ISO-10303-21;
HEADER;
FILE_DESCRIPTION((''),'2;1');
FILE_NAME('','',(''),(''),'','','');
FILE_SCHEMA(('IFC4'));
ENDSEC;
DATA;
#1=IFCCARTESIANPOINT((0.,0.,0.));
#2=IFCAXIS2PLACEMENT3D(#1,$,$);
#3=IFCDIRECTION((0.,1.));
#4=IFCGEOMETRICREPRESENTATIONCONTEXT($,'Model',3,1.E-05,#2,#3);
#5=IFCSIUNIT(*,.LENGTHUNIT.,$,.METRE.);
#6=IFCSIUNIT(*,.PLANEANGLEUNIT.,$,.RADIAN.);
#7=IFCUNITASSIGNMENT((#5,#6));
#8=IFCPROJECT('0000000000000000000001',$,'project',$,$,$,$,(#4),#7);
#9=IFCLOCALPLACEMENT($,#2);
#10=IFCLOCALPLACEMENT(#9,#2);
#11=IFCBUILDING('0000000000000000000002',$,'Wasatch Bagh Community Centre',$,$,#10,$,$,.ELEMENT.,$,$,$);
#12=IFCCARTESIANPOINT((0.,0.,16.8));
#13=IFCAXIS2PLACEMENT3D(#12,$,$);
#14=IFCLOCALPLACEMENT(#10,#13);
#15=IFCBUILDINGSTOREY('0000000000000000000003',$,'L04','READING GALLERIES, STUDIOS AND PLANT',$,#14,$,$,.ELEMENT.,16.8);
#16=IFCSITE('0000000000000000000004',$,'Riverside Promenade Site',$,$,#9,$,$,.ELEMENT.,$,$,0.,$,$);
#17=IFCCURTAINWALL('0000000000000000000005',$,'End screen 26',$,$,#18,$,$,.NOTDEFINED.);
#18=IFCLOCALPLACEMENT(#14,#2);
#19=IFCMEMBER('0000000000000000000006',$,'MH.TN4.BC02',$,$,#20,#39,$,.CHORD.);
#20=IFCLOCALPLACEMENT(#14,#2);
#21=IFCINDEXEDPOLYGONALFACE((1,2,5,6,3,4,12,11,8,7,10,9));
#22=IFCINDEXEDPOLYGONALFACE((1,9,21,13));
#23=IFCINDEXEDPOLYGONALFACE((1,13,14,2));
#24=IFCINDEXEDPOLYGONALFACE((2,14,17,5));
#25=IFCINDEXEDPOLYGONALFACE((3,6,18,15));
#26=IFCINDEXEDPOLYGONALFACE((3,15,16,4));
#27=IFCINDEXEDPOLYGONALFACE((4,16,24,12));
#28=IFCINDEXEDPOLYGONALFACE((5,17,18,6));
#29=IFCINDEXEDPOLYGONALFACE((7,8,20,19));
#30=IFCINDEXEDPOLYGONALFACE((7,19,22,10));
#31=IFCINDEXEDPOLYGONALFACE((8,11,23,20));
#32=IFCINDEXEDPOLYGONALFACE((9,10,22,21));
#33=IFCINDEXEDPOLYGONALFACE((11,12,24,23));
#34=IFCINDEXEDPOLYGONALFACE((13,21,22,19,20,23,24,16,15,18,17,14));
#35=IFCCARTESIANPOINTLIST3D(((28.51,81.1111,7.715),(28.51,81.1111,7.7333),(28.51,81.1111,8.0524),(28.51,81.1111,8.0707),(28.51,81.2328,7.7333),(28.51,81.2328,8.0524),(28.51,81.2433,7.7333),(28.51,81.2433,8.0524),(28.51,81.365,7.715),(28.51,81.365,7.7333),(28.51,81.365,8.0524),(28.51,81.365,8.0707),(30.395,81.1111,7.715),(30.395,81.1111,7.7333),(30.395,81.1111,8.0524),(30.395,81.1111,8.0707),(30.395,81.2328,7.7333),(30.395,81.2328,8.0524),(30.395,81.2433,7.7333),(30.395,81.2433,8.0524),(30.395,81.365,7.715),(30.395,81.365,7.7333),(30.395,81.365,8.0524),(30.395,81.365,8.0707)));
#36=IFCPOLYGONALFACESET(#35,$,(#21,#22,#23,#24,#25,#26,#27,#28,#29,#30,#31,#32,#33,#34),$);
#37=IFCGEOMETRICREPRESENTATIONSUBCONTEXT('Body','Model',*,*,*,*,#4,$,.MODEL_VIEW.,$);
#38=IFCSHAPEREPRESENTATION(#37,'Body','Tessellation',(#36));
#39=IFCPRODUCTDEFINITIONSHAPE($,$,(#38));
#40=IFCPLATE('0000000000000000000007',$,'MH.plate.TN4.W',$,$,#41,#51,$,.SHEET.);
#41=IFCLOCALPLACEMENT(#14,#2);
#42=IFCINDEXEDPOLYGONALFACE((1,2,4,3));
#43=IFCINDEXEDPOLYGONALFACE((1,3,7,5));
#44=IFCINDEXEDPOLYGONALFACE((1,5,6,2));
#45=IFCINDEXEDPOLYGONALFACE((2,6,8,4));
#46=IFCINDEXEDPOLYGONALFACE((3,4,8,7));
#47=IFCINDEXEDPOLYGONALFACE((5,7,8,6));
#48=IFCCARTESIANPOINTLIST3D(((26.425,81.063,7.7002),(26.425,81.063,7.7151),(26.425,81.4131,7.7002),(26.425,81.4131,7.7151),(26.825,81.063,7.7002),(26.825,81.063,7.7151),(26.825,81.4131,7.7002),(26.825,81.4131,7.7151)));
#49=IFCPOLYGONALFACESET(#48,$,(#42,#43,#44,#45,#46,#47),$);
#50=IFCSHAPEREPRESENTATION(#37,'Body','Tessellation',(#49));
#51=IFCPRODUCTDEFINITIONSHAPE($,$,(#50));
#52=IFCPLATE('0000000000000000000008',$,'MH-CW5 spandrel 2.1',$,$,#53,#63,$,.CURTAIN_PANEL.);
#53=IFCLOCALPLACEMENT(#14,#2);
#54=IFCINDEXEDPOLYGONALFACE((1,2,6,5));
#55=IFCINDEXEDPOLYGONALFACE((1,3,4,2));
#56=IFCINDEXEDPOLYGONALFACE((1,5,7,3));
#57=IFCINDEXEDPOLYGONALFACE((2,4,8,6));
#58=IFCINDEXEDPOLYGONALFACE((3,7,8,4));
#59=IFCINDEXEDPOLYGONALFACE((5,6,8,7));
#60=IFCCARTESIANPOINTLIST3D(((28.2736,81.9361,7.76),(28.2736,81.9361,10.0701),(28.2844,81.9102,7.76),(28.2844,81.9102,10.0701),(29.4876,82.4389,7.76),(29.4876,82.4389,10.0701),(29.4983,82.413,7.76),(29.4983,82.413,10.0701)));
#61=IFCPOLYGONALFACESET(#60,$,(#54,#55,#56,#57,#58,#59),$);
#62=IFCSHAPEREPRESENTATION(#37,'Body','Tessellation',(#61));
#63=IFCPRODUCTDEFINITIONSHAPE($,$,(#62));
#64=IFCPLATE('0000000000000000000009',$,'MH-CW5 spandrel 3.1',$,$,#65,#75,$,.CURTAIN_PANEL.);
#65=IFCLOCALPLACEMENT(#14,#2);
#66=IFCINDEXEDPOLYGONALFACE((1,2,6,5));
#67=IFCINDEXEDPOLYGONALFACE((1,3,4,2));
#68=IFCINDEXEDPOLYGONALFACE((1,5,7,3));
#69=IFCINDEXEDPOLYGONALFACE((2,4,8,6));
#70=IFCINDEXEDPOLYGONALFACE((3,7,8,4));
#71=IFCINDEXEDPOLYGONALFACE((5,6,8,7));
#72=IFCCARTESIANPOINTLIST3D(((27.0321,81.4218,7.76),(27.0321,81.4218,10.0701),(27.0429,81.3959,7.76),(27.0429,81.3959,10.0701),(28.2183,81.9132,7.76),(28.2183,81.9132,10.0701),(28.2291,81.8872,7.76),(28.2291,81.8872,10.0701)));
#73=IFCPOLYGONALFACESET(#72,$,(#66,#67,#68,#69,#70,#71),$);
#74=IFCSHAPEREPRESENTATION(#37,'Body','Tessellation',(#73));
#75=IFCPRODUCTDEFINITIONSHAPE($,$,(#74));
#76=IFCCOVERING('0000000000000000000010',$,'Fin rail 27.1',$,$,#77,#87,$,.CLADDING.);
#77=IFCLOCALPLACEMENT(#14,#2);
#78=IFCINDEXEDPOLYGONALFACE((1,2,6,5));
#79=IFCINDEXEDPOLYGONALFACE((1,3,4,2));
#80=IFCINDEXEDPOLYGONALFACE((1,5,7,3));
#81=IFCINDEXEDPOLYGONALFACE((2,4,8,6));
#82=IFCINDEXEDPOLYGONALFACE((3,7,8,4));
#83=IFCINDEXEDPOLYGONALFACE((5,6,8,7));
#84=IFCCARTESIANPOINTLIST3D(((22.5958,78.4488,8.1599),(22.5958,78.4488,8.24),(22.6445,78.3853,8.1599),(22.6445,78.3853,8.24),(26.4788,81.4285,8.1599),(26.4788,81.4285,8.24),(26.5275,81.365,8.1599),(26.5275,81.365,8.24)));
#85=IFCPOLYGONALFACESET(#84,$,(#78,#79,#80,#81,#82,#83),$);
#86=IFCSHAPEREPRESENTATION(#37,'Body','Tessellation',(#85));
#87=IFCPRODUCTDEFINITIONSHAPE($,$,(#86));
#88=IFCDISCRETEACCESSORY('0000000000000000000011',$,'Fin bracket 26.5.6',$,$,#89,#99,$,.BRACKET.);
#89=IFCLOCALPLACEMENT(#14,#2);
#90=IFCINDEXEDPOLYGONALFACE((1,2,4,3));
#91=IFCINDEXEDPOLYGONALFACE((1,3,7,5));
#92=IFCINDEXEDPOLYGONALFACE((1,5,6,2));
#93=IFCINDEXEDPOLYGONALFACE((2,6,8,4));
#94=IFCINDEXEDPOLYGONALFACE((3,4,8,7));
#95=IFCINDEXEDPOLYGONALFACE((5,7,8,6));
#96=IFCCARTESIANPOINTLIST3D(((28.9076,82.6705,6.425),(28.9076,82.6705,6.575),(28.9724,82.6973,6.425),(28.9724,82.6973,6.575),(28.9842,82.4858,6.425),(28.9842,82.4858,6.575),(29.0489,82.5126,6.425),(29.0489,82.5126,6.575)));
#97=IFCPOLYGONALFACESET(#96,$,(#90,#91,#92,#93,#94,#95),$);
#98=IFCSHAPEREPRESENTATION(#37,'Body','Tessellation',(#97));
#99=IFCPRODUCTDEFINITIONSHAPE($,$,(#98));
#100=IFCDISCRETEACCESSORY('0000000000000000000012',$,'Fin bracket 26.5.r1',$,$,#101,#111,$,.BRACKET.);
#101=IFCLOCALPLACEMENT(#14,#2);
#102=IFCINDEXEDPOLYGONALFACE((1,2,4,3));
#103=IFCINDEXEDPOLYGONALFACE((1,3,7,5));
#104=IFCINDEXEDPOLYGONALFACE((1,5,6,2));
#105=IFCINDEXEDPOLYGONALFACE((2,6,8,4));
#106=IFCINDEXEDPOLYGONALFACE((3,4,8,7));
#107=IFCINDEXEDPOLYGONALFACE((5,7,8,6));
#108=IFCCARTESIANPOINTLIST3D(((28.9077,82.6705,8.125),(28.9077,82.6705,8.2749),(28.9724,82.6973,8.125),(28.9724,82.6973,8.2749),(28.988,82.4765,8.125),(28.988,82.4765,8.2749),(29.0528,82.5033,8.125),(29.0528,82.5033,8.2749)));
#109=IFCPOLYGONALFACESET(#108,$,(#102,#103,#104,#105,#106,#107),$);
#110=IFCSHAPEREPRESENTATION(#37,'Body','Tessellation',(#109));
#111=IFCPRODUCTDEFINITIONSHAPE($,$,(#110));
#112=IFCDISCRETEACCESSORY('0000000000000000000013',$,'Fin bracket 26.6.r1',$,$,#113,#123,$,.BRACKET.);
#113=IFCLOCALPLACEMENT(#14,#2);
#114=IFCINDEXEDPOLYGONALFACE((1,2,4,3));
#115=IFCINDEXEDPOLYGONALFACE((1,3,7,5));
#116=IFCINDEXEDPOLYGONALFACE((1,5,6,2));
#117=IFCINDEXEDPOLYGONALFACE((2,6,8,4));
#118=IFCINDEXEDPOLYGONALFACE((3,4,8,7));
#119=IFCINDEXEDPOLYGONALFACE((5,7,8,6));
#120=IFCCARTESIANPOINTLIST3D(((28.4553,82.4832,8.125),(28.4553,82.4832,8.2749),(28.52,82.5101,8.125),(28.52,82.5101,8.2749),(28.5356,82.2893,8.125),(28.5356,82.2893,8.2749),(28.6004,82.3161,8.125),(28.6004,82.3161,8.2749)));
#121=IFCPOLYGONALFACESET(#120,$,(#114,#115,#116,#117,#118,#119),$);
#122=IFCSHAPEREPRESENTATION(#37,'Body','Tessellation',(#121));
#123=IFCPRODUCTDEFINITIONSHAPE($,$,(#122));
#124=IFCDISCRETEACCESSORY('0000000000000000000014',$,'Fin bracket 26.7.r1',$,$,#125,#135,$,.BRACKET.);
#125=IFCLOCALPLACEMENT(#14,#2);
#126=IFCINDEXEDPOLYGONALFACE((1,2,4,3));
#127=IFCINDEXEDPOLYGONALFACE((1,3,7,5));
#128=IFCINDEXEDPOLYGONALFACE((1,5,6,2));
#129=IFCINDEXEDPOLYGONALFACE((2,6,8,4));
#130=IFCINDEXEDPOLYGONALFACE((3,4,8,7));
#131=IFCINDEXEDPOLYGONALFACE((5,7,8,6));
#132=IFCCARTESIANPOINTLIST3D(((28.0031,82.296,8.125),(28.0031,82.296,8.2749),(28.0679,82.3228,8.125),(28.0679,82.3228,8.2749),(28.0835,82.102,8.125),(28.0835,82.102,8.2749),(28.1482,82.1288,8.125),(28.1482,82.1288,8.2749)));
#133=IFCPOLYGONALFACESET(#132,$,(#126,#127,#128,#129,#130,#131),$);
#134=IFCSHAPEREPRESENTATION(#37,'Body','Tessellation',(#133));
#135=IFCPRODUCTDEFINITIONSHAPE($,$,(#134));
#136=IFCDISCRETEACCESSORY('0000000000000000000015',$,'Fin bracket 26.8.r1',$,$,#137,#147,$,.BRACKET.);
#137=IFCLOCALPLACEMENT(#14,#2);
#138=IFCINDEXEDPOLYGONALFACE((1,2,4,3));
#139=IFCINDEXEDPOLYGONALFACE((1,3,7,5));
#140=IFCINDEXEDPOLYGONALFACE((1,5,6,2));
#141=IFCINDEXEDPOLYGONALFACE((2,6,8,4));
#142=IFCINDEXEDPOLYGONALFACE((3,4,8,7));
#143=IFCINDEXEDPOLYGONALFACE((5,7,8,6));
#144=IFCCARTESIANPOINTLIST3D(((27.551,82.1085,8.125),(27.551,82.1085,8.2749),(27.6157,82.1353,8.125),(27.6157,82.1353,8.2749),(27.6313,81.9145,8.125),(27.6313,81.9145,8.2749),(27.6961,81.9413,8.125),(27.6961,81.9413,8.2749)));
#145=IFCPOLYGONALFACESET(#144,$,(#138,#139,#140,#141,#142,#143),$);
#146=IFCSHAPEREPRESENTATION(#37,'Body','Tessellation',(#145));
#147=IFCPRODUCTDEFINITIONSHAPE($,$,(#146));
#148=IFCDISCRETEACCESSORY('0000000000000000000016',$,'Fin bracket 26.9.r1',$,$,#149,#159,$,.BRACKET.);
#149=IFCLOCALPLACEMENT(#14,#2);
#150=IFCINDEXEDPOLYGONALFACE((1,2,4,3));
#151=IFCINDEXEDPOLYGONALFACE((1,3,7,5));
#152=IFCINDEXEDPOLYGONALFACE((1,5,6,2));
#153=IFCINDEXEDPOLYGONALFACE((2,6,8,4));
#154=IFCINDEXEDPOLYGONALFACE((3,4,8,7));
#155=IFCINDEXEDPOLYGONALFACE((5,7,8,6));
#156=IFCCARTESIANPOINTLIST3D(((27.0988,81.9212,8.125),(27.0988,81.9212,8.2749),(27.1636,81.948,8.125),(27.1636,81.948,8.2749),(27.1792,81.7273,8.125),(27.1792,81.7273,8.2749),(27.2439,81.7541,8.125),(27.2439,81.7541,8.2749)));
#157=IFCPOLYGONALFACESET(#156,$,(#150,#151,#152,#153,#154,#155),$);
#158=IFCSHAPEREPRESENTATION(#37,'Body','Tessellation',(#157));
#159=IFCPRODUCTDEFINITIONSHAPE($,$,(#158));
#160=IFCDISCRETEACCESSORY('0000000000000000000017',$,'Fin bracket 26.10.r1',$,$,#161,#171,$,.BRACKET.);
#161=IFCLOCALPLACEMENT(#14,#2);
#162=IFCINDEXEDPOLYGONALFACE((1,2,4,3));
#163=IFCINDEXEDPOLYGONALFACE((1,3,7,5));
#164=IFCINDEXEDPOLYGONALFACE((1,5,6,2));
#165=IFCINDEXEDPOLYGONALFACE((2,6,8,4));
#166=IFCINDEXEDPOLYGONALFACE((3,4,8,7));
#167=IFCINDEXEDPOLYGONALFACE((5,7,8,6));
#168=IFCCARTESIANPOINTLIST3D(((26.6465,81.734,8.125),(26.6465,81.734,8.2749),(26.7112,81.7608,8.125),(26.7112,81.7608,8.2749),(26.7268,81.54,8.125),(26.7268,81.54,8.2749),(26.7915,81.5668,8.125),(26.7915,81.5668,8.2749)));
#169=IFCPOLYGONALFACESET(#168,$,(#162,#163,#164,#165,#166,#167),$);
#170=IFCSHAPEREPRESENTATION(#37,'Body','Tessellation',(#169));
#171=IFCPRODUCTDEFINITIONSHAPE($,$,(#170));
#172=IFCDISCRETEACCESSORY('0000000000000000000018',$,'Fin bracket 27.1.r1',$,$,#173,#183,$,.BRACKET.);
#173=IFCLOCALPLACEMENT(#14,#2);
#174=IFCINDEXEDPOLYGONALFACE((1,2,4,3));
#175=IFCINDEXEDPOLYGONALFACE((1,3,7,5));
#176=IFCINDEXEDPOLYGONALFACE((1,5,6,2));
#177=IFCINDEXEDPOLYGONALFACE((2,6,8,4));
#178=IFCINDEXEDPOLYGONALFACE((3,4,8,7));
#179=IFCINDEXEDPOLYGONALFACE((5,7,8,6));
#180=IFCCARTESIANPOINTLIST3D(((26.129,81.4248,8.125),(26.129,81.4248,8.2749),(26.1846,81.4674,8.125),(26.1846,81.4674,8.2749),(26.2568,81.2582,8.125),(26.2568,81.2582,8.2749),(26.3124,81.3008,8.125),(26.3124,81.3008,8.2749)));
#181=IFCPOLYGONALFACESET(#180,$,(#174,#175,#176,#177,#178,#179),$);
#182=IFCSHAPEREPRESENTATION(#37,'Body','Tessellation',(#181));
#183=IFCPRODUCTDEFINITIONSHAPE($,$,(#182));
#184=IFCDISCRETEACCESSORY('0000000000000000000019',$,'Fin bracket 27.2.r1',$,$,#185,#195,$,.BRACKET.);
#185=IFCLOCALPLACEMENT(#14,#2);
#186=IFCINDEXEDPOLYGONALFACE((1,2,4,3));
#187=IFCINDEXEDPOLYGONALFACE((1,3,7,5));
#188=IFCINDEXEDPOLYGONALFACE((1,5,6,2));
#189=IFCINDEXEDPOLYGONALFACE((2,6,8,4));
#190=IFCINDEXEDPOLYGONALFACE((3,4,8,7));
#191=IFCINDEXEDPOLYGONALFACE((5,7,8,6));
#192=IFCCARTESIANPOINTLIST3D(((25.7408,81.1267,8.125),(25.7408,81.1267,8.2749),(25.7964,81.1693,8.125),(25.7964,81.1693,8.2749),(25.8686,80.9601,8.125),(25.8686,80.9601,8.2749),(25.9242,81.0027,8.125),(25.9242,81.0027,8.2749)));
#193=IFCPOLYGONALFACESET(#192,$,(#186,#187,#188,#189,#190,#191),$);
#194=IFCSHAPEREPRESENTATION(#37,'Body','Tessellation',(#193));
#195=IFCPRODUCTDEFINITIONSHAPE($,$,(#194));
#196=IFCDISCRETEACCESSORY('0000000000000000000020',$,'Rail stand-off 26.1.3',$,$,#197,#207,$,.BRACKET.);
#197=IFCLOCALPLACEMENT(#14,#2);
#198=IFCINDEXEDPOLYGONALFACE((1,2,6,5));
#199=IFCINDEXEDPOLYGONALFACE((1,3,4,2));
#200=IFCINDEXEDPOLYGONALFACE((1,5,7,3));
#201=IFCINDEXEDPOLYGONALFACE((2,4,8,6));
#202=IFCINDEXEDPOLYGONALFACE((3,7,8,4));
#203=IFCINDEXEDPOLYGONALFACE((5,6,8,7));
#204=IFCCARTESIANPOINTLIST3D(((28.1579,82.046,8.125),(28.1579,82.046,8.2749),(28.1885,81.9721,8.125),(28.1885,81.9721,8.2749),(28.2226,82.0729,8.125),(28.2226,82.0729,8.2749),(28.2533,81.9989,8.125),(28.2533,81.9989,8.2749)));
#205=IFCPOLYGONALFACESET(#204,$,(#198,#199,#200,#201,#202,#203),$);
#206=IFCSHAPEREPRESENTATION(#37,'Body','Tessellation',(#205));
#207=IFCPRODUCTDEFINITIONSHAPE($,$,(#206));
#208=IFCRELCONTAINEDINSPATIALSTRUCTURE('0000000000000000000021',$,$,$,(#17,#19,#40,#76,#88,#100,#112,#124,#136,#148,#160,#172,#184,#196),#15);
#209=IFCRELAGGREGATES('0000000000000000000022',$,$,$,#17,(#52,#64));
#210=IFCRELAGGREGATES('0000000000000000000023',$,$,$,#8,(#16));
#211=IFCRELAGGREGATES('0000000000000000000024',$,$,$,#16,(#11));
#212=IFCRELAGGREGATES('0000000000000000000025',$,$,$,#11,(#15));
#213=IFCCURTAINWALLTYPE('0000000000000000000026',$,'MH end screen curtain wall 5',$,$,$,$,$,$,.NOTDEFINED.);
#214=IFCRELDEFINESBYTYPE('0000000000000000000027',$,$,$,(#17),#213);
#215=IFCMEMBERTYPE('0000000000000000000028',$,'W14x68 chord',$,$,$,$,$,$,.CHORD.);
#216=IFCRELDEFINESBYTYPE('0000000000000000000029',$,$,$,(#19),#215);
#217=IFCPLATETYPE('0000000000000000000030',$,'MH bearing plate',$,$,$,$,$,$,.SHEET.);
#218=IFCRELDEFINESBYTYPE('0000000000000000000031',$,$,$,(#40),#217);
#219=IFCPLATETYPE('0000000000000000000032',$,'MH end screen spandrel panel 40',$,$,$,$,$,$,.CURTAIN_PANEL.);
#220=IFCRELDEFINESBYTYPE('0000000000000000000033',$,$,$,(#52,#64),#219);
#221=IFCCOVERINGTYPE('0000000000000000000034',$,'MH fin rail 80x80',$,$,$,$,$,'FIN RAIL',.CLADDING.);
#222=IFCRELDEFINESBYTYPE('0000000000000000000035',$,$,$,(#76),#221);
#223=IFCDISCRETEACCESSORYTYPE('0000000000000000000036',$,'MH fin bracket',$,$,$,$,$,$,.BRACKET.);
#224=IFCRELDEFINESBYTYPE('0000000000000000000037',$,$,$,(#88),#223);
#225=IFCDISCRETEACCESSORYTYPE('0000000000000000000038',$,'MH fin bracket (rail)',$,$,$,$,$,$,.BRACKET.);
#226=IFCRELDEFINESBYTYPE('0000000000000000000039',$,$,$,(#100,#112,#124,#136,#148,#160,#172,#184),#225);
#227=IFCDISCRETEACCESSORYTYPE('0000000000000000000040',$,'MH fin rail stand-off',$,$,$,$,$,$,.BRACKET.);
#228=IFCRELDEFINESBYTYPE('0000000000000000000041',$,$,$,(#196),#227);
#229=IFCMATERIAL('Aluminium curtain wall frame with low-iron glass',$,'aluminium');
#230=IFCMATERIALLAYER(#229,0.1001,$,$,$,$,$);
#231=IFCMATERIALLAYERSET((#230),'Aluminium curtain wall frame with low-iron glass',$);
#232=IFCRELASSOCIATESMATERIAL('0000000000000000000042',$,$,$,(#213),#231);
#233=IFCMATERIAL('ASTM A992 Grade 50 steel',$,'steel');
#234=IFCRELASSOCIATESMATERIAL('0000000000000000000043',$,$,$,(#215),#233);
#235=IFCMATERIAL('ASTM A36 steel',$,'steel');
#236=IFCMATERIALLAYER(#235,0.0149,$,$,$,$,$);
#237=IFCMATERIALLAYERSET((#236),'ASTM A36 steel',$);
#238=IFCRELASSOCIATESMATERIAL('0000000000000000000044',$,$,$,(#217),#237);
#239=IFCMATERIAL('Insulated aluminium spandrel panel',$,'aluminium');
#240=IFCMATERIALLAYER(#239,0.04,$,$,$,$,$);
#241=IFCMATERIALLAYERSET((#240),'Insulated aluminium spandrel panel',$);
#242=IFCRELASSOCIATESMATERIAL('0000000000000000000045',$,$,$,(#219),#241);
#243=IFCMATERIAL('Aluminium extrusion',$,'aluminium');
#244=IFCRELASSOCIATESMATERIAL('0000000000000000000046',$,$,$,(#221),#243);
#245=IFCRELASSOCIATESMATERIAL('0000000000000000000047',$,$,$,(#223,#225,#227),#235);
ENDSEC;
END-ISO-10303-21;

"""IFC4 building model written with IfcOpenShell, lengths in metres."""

from ifc_helpers import new_model, si_unit, direction, frame, origin, origin_2d, place, context, subcontext, project, spatial, rectangle, i_section, extrude, material, layer, layer_set, material_profile, profile_set, type_object, element, aggregate, save


model = new_model("IFC4")

# Units and contexts
model_context = context("Model", 3, precision=1e-05, world=origin(), true_north=direction((0.0, 1.0)))
body_context = subcontext(model_context, "Body", "Model", "MODEL_VIEW")
ifc_project = project(units=[si_unit("LENGTHUNIT", "METRE"), si_unit("PLANEANGLEUNIT", "RADIAN")], contexts=[model_context])

# Site, building, storey
site_placement = place(None, origin())
site = spatial("IfcSite", under=ifc_project, at=site_placement, Name="Riverside Promenade Site", CompositionType="ELEMENT", RefElevation=0.0)
building_placement = place(site_placement, origin())
building = spatial("IfcBuilding", under=site, at=building_placement, Name="Wasatch Bagh Community Centre", CompositionType="ELEMENT")
storey_placement = place(building_placement, frame((0.0, 0.0, 16.8)))
storey = spatial("IfcBuildingStorey", under=building, at=storey_placement, Name="L04", Description="READING GALLERIES, STUDIOS AND PLANT", CompositionType="ELEMENT", Elevation=16.8)

# Curtain wall
ifc_material_1 = material(Name="Aluminium curtain wall frame with low-iron glass", Category="aluminium")
ifc_layer_1 = layer(ifc_material_1, 0.1001)
ifc_layer_set_1 = layer_set([ifc_layer_1], Name="Aluminium curtain wall frame with low-iron glass")
curtain_wall_type_1 = type_object("IfcCurtainWallType", Name="MH end screen curtain wall 5", PredefinedType="NOTDEFINED", material=ifc_layer_set_1)
curtain_wall_1_placement = place(storey_placement, origin())
curtain_wall_1 = element("IfcCurtainWall", 1, at=curtain_wall_1_placement, inside=storey, type_object=curtain_wall_type_1, Name="End screen 26", PredefinedType="NOTDEFINED")
ifc_material_2 = material(Name="Aluminium extrusion", Category="aluminium")

# Member
ifc_material_3 = material(Name="ASTM A992 Grade 50 steel", Category="steel")
ifc_material_profile_1 = material_profile(ifc_material_3, i_section(OverallWidth=0.2539, OverallDepth=0.3557, WebThickness=0.0105, FlangeThickness=0.0183, at=origin_2d()), Name="W14x68")
ifc_profile_set_1 = profile_set([ifc_material_profile_1], Name="ASTM A992 Grade 50 steel")
member_type_1 = type_object("IfcMemberType", Name="W14x68 chord", PredefinedType="CHORD", material=ifc_profile_set_1)
for number, where, z_axis, x_axis, name in (
    (2, (28.51, 81.238, 7.8928), (1.0, 0.0, 0.0), (0.0, 1.0, 0.0), "MH.TN4.BC02"),
):
    element("IfcMember", number, at=place(storey_placement, frame(where, z_axis=z_axis, x_axis=x_axis)), inside=storey, type_object=member_type_1, Name=name, PredefinedType="CHORD", context=body_context, shape_type="SweptSolid", body=[
        extrude(i_section(OverallWidth=0.2539, OverallDepth=0.3557, WebThickness=0.0105, FlangeThickness=0.0183, at=origin_2d()), origin(), (0.0, 0.0, 1.0), 1.885),
    ])

# Plates
ifc_material_4 = material(Name="ASTM A36 steel", Category="steel")
ifc_layer_2 = layer(ifc_material_4, 0.0149)
ifc_layer_set_2 = layer_set([ifc_layer_2], Name="ASTM A36 steel")
plate_type_1 = type_object("IfcPlateType", Name="MH bearing plate", PredefinedType="SHEET", material=ifc_layer_set_2)
plate_1_placement = place(storey_placement, frame((26.625, 81.238, 7.7002), z_axis=(0.0, 0.0, 1.0), x_axis=(1.0, 0.0, 0.0)))
element("IfcPlate", 3, at=plate_1_placement, inside=storey, type_object=plate_type_1, Name="MH.plate.TN4.W", PredefinedType="SHEET", context=body_context, shape_type="SweptSolid", body=[
    extrude(rectangle(XDim=0.3999, YDim=0.3501, at=origin_2d()), origin(), (0.0, 0.0, 1.0), 0.0149),
])
ifc_material_5 = material(Name="Insulated aluminium spandrel panel", Category="aluminium")
ifc_layer_3 = layer(ifc_material_5, 0.04)
ifc_layer_set_3 = layer_set([ifc_layer_3], Name="Insulated aluminium spandrel panel")
plate_type_2 = type_object("IfcPlateType", Name="MH end screen spandrel panel 40", PredefinedType="CURTAIN_PANEL", material=ifc_layer_set_3)
plate_2_placement = place(storey_placement, frame((28.886, 82.1746, 7.76), z_axis=(0.0, 0.0, 1.0), x_axis=(-0.92388, -0.382683, 0.0)))
plate_2 = element("IfcPlate", 4, at=plate_2_placement, type_object=plate_type_2, Name="MH-CW5 spandrel 2.1", PredefinedType="CURTAIN_PANEL", context=body_context, shape_type="SweptSolid", body=[
    extrude(rectangle(XDim=1.314, YDim=0.0281, at=origin_2d()), origin(), (0.0, 0.0, 1.0), 2.3101),
])
plate_3_placement = place(storey_placement, frame((27.6306, 81.6545, 7.76), z_axis=(0.0, 0.0, 1.0), x_axis=(-0.92388, -0.382683, 0.0)))
plate_3 = element("IfcPlate", 5, at=plate_3_placement, type_object=plate_type_2, Name="MH-CW5 spandrel 3.1", PredefinedType="CURTAIN_PANEL", context=body_context, shape_type="SweptSolid", body=[
    extrude(rectangle(XDim=1.2839, YDim=0.0281, at=origin_2d()), origin(), (0.0, 0.0, 1.0), 2.3101),
])
aggregate(curtain_wall_1, [plate_2, plate_3])

# Covering
ifc_material_profile_2 = material_profile(ifc_material_2, rectangle(XDim=0.0801, YDim=0.0801, at=origin_2d()), Name="AL 80x80")
ifc_profile_set_2 = profile_set([ifc_material_profile_2], Name="Aluminium extrusion")
covering_type = type_object("IfcCoveringType", Name="MH fin rail 80x80", ElementType="FIN RAIL", PredefinedType="CLADDING", material=ifc_profile_set_2)
covering_placement = place(storey_placement, frame((26.5032, 81.3967, 8.2), z_axis=(-0.793337, -0.608782, 0.0), x_axis=(0.608782, -0.793337, 0.0)))
element("IfcCovering", 6, at=covering_placement, inside=storey, type_object=covering_type, Name="Fin rail 27.1", PredefinedType="CLADDING", context=body_context, shape_type="SweptSolid", body=[
    extrude(rectangle(XDim=0.0801, YDim=0.0801, at=origin_2d()), origin(), (0.0, 0.0, 1.0), 4.8945),
])

# Discrete accessories
discrete_accessory_type_1 = type_object("IfcDiscreteAccessoryType", Name="MH fin bracket", PredefinedType="BRACKET", material=ifc_material_4)
discrete_accessory_1_placement = place(storey_placement, frame((28.9783, 82.5916, 6.425), z_axis=(0.0, 0.0, 1.0), x_axis=(-0.92388, -0.382683, 0.0)))
element("IfcDiscreteAccessory", 7, at=discrete_accessory_1_placement, inside=storey, type_object=discrete_accessory_type_1, Name="Fin bracket 26.5.6", PredefinedType="BRACKET", context=body_context, shape_type="SweptSolid", body=[
    extrude(rectangle(XDim=0.0701, YDim=0.2, at=origin_2d()), origin(), (0.0, 0.0, 1.0), 0.1499),
])
discrete_accessory_type_2 = type_object("IfcDiscreteAccessoryType", Name="MH fin bracket (rail)", PredefinedType="BRACKET", material=ifc_material_4)
for number, where, z_axis, x_axis, name in (
    (8, (28.9802, 82.5869, 8.125), (0.0, 0.0, 1.0), (-0.92388, -0.382683, 0.0), "Fin bracket 26.5.r1"),
    (9, (28.5278, 82.3997, 8.125), (0.0, 0.0, 1.0), (-0.92388, -0.382683, 0.0), "Fin bracket 26.6.r1"),
    (10, (28.0757, 82.2124, 8.125), (0.0, 0.0, 1.0), (-0.92388, -0.382683, 0.0), "Fin bracket 26.7.r1"),
    (11, (27.6235, 82.0249, 8.125), (0.0, 0.0, 1.0), (-0.92388, -0.382683, 0.0), "Fin bracket 26.8.r1"),
    (12, (27.1714, 81.8376, 8.125), (0.0, 0.0, 1.0), (-0.92388, -0.382683, 0.0), "Fin bracket 26.9.r1"),
    (13, (26.719, 81.6504, 8.125), (0.0, 0.0, 1.0), (-0.92388, -0.382683, 0.0), "Fin bracket 26.10.r1"),
    (14, (26.2207, 81.3628, 8.125), (0.0, 0.0, 1.0), (-0.793353, -0.608761, 0.0), "Fin bracket 27.1.r1"),
    (15, (25.8325, 81.0647, 8.125), (0.0, 0.0, 1.0), (-0.793353, -0.608761, 0.0), "Fin bracket 27.2.r1"),
):
    element("IfcDiscreteAccessory", number, at=place(storey_placement, frame(where, z_axis=z_axis, x_axis=x_axis)), inside=storey, type_object=discrete_accessory_type_2, Name=name, PredefinedType="BRACKET", context=body_context, shape_type="SweptSolid", body=[
        extrude(rectangle(XDim=0.0701, YDim=0.21, at=origin_2d()), origin(), (0.0, 0.0, 1.0), 0.1499),
    ])
discrete_accessory_type_3 = type_object("IfcDiscreteAccessoryType", Name="MH fin rail stand-off", PredefinedType="BRACKET", material=ifc_material_4)
for number, where, z_axis, x_axis, name in (
    (16, (28.2056, 82.0225, 8.125), (0.0, 0.0, 1.0), (-0.92388, -0.382683, 0.0), "Rail stand-off 26.1.3"),
):
    element("IfcDiscreteAccessory", number, at=place(storey_placement, frame(where, z_axis=z_axis, x_axis=x_axis)), inside=storey, type_object=discrete_accessory_type_3, Name=name, PredefinedType="BRACKET", context=body_context, shape_type="SweptSolid", body=[
        extrude(rectangle(XDim=0.0701, YDim=0.0801, at=origin_2d()), origin(), (0.0, 0.0, 1.0), 0.1499),
    ])

save(model, "model.ifc")
